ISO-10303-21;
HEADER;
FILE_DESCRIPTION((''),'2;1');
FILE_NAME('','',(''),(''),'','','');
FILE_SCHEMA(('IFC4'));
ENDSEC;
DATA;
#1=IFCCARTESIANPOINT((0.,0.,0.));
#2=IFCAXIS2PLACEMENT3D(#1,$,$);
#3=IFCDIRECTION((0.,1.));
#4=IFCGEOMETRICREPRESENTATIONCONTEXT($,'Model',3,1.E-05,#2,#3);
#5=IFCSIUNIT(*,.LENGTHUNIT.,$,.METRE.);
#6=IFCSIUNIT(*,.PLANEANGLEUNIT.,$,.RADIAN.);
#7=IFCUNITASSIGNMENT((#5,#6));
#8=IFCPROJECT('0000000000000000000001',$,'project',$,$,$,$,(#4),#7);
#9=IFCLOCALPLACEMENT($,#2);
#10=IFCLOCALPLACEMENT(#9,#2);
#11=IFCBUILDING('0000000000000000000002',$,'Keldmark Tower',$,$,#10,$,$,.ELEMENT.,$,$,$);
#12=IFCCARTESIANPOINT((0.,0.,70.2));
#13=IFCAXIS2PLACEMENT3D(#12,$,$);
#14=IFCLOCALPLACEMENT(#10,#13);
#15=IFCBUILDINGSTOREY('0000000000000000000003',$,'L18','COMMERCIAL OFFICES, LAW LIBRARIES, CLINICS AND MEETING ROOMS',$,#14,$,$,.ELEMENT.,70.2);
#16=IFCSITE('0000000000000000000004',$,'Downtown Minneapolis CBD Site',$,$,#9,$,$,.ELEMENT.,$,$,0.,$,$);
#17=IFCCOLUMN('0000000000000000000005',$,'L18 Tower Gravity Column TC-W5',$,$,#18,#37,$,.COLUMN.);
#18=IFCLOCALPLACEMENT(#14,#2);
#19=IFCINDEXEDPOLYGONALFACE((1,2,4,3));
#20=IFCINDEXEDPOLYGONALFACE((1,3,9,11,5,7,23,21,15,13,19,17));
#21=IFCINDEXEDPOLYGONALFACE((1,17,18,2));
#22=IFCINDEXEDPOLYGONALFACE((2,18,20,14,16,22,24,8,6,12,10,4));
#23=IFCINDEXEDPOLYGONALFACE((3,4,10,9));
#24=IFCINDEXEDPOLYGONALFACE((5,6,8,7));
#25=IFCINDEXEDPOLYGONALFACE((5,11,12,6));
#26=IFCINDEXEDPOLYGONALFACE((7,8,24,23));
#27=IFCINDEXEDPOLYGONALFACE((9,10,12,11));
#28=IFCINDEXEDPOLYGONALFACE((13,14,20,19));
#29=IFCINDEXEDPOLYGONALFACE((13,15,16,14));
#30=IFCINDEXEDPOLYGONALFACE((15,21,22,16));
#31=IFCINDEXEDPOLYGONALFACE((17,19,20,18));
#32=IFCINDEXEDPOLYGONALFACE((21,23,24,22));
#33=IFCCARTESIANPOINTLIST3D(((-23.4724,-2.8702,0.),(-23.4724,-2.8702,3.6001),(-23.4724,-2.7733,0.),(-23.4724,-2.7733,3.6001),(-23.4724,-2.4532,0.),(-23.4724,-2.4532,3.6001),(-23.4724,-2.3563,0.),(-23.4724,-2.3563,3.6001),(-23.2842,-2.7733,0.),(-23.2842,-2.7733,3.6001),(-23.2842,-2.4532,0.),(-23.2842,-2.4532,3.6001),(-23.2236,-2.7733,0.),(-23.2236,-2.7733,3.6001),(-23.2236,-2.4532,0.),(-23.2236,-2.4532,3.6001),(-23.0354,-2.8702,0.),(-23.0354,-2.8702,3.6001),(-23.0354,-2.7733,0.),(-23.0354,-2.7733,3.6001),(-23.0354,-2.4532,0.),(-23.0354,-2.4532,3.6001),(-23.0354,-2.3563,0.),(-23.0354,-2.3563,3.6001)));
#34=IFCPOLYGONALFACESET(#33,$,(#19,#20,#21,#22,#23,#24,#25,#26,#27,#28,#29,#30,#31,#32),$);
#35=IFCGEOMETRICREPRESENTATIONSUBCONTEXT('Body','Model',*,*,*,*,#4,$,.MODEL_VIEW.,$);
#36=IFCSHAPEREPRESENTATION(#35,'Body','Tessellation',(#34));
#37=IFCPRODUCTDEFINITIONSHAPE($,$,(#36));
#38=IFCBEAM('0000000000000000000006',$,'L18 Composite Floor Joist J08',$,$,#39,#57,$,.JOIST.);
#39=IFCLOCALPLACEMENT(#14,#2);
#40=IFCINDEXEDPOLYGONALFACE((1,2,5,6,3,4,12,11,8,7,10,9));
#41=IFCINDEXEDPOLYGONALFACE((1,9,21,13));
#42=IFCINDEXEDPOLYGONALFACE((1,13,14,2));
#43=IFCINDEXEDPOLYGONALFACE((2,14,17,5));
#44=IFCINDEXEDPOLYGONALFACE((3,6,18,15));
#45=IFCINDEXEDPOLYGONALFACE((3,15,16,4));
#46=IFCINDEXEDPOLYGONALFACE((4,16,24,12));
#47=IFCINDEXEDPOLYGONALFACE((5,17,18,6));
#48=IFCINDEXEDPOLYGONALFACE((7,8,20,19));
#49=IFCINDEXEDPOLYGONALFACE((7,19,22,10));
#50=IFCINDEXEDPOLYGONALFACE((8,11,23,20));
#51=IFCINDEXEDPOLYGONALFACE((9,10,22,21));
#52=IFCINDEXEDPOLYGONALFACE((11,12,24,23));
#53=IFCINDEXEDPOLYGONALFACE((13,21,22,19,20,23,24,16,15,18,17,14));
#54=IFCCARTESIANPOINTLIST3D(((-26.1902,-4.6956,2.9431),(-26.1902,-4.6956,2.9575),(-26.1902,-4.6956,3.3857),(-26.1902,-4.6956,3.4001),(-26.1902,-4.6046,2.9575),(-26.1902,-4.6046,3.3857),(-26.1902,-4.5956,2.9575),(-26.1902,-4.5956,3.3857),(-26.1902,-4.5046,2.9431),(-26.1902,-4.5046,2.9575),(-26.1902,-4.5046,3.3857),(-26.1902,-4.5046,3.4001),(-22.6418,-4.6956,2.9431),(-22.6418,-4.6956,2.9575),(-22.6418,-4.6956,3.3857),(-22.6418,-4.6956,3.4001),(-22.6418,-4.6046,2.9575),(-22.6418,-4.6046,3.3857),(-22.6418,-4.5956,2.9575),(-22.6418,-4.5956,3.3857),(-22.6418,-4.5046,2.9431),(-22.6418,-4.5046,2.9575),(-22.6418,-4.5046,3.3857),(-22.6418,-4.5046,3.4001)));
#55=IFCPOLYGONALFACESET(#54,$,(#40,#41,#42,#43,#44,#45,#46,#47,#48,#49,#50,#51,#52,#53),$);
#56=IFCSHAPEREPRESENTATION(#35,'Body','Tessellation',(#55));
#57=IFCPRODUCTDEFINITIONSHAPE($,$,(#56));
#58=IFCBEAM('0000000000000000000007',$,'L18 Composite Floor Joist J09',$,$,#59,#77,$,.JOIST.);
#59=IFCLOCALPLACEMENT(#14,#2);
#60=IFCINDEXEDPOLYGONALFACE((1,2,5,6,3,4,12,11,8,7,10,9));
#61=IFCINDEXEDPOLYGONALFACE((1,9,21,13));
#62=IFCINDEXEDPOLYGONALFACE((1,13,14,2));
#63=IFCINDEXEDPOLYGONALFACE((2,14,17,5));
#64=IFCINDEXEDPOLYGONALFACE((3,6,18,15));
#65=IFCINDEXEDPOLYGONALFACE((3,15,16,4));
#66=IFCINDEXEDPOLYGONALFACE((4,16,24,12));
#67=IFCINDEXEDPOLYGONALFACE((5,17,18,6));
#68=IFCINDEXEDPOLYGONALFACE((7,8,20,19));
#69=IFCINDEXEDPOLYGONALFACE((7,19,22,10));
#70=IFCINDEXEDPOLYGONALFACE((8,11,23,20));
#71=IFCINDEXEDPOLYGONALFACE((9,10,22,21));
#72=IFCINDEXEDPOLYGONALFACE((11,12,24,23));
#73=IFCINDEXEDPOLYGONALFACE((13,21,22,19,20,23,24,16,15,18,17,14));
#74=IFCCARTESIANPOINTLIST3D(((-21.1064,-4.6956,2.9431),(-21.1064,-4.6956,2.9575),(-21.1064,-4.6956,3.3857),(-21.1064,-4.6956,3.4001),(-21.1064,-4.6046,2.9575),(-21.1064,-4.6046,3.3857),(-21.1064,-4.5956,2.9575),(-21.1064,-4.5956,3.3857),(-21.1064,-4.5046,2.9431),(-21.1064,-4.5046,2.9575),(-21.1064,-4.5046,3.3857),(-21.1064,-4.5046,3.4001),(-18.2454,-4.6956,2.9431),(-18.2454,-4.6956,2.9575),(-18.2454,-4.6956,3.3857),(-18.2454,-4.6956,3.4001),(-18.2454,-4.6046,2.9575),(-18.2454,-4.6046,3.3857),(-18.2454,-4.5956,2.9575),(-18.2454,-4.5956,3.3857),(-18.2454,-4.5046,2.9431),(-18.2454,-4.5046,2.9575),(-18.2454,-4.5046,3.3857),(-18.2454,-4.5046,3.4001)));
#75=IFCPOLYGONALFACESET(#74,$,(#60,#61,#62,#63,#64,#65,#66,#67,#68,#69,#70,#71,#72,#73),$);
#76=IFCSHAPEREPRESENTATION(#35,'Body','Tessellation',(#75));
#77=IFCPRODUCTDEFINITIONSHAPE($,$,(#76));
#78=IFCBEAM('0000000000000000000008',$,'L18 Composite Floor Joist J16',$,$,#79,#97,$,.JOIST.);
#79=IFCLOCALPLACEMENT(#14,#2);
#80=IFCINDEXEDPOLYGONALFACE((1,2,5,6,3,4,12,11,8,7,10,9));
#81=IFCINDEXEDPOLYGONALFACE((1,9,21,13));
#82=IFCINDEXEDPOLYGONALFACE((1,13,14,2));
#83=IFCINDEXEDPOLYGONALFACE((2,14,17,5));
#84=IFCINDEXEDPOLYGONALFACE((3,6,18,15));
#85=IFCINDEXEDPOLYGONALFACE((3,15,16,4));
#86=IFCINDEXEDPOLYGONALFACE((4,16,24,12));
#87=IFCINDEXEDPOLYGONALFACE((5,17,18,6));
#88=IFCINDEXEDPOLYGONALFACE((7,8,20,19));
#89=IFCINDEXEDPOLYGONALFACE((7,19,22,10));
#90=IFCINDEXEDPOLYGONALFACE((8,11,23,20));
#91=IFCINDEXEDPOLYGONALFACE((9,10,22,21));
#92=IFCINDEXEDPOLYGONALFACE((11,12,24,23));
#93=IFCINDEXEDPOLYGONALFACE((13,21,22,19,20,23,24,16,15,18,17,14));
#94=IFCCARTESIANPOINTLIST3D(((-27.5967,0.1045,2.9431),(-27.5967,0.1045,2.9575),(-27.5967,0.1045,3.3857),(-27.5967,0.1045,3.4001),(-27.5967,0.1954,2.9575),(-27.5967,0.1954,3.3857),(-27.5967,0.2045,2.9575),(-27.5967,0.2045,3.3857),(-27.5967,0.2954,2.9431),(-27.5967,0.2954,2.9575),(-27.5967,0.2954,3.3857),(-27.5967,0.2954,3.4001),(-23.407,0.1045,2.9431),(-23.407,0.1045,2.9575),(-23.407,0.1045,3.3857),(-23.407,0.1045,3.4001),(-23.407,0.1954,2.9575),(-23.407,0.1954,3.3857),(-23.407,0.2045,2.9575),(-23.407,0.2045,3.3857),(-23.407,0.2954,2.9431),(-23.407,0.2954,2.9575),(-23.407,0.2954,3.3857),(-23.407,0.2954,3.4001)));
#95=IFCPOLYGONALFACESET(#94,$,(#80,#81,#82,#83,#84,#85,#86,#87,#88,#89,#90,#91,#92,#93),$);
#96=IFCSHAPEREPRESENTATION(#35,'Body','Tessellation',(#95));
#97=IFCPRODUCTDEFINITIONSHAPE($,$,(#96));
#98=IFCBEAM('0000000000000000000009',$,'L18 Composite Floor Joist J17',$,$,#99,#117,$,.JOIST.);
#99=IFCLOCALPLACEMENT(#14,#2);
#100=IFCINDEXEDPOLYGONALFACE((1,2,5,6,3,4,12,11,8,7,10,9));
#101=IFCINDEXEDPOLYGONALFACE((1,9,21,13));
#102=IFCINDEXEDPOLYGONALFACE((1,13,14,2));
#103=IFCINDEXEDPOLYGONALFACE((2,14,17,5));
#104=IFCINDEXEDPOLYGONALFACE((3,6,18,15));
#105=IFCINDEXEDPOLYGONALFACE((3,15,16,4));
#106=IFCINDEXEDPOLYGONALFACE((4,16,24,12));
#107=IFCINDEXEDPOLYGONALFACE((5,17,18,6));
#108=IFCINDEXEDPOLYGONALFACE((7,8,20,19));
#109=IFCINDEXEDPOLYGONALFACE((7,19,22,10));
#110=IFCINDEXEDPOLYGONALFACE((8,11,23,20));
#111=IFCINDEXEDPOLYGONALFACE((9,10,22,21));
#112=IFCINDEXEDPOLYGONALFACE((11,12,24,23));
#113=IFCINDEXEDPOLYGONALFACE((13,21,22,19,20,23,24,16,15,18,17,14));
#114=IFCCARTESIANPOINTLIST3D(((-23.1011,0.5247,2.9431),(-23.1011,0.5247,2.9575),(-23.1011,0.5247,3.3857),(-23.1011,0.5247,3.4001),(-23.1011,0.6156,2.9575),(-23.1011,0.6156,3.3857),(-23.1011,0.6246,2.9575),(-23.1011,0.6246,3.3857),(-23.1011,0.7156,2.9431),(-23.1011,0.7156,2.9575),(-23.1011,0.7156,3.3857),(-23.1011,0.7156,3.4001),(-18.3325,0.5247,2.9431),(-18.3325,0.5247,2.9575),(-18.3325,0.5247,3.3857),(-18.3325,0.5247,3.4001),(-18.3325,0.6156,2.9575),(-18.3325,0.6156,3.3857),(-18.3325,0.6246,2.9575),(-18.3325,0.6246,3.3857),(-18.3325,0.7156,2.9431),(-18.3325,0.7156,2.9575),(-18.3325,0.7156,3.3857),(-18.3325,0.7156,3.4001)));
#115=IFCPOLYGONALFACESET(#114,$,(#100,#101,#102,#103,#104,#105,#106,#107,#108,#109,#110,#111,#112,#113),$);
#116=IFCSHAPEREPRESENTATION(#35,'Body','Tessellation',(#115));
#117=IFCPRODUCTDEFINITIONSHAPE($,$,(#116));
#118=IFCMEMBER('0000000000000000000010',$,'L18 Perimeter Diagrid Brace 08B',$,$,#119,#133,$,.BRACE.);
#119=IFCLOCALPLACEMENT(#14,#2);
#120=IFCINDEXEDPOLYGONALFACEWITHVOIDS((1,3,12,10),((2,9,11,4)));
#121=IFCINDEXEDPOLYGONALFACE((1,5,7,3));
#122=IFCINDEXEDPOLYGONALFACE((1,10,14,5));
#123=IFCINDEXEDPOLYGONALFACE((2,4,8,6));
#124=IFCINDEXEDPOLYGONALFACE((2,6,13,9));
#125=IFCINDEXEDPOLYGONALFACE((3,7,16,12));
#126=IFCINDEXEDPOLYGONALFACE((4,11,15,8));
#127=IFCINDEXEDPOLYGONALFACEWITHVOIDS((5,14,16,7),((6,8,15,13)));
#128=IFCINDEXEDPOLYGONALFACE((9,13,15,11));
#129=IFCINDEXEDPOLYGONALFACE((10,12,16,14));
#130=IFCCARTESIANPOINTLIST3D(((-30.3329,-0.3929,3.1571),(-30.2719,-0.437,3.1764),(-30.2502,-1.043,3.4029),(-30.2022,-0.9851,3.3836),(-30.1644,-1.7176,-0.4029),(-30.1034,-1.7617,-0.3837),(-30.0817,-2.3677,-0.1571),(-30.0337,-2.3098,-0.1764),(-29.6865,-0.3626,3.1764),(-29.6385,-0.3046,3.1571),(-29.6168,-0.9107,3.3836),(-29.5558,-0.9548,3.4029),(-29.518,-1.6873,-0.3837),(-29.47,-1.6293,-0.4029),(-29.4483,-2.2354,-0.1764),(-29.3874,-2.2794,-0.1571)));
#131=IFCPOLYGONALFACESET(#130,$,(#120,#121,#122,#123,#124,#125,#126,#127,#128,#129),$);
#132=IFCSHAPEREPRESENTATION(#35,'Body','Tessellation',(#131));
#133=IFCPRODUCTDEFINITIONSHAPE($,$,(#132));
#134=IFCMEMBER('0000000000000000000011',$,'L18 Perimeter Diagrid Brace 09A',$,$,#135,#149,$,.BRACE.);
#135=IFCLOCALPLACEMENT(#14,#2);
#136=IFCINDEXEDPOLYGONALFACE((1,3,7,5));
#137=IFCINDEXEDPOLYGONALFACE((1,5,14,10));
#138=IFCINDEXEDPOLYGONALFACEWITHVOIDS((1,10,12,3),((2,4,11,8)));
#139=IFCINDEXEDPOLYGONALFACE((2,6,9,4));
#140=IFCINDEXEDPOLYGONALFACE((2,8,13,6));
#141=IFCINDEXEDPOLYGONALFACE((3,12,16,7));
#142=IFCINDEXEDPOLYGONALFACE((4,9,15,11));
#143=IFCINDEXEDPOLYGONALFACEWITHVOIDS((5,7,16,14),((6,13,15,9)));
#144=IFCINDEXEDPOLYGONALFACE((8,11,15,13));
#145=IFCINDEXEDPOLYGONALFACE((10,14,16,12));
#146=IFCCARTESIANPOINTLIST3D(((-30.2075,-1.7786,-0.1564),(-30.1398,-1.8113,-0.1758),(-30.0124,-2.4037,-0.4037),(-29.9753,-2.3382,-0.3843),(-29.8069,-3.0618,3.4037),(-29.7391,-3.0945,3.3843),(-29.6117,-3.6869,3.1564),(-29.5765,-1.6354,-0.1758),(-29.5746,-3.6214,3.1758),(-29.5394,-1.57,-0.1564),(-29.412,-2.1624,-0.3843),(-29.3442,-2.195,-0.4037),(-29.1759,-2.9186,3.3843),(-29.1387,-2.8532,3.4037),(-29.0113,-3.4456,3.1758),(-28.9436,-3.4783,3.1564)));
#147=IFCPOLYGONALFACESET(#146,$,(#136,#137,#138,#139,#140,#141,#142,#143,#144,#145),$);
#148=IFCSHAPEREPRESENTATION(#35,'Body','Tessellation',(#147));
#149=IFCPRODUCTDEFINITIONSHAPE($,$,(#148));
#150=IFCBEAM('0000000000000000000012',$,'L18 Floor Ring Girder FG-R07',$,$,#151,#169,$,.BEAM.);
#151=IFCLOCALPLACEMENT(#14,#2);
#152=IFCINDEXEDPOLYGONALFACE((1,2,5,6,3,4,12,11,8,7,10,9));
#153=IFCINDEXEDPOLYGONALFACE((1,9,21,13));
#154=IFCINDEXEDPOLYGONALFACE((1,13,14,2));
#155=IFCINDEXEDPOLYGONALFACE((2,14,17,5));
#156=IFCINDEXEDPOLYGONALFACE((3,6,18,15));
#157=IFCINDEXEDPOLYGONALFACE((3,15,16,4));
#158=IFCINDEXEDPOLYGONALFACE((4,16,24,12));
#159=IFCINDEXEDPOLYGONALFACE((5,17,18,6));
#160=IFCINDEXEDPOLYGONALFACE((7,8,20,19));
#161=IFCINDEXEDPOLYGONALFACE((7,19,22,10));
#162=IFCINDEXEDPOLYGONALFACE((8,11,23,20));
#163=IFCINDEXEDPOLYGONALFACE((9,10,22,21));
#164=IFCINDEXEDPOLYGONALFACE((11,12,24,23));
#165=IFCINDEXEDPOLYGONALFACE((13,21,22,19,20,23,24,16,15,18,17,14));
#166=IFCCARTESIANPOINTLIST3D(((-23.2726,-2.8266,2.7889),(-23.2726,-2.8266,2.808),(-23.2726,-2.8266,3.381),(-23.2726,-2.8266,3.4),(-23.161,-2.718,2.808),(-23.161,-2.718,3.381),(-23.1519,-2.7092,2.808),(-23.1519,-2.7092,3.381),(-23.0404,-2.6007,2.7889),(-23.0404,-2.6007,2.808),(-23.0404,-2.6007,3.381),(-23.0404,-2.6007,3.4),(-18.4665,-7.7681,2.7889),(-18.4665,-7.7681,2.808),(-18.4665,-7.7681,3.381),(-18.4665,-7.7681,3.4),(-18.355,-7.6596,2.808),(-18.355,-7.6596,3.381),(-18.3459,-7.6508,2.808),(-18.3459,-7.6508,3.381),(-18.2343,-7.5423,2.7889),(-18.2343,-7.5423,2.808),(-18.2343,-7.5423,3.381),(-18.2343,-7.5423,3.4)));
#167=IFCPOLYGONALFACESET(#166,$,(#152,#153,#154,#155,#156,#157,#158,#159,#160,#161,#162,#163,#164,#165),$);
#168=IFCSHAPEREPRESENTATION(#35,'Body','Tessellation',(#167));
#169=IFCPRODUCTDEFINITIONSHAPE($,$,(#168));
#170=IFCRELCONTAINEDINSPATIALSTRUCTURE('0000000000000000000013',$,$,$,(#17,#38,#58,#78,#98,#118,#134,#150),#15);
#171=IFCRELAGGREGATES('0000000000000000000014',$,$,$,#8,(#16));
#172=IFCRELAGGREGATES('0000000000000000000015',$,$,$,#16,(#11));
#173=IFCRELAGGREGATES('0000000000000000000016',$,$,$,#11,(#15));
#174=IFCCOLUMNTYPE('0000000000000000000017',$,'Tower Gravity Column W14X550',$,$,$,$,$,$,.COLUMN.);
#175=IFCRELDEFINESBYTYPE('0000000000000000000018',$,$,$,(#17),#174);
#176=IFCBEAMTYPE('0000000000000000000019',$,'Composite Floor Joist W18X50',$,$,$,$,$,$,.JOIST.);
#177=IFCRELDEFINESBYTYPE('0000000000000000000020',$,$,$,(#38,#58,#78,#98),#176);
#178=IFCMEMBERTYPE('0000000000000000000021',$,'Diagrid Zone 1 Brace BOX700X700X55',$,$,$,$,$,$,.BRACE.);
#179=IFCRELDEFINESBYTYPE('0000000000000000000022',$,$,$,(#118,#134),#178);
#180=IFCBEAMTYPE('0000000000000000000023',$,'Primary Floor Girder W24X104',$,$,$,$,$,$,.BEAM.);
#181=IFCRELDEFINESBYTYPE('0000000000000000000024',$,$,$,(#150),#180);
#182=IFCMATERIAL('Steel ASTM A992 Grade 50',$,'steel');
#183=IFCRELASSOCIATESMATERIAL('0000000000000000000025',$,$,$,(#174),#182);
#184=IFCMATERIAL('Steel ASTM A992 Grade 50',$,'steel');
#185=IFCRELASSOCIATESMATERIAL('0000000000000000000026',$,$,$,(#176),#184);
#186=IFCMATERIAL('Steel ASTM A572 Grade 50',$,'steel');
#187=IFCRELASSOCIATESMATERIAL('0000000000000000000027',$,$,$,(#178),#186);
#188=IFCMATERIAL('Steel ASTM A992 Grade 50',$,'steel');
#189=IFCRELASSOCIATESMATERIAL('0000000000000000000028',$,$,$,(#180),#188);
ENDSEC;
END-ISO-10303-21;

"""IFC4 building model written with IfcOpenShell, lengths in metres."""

from ifc_helpers import new_model, si_unit, direction, frame, origin, origin_2d, place, context, subcontext, project, spatial, hollow_rectangle, i_section, extrude, material, material_profile, profile_set, type_object, element, save


model = new_model("IFC4")

# Units and contexts
model_context = context("Model", 3, precision=1e-05, world=origin(), true_north=direction((0.0, 1.0)))
body_context = subcontext(model_context, "Body", "Model", "MODEL_VIEW")
ifc_project = project(units=[si_unit("LENGTHUNIT", "METRE"), si_unit("PLANEANGLEUNIT", "RADIAN")], contexts=[model_context])

# Site, building, storey
site_placement = place(None, origin())
site = spatial("IfcSite", under=ifc_project, at=site_placement, Name="Downtown Minneapolis CBD Site", CompositionType="ELEMENT", RefElevation=0.0)
building_placement = place(site_placement, origin())
building = spatial("IfcBuilding", under=site, at=building_placement, Name="Keldmark Tower", CompositionType="ELEMENT")
storey_placement = place(building_placement, frame((0.0, 0.0, 70.2)))
storey = spatial("IfcBuildingStorey", under=building, at=storey_placement, Name="L18", Description="COMMERCIAL OFFICES, LAW LIBRARIES, CLINICS AND MEETING ROOMS", CompositionType="ELEMENT", Elevation=70.2)

# Column
ifc_material_1 = material(Name="Steel ASTM A992 Grade 50", Category="steel")
ifc_material_profile_1 = material_profile(ifc_material_1, i_section(OverallWidth=0.437, OverallDepth=0.5139, WebThickness=0.0605, FlangeThickness=0.0969, at=origin_2d()), Name="W14X550")
ifc_profile_set_1 = profile_set([ifc_material_profile_1], Name="Steel ASTM A992 Grade 50")
column_type = type_object("IfcColumnType", Name="Tower Gravity Column W14X550", PredefinedType="COLUMN", material=ifc_profile_set_1)
column_placement = place(storey_placement, frame((-23.2539, -2.6133, 0.0), z_axis=(0.0, 0.0, 1.0), x_axis=(1.0, 0.0, 0.0)))
element("IfcColumn", 1, at=column_placement, inside=storey, type_object=column_type, Name="L18 Tower Gravity Column TC-W5", PredefinedType="COLUMN", context=body_context, shape_type="SweptSolid", body=[
    extrude(i_section(OverallWidth=0.437, OverallDepth=0.5139, WebThickness=0.0605, FlangeThickness=0.0969, at=origin_2d()), origin(), (0.0, 0.0, 1.0), 3.6001),
])

# Beams
ifc_material_2 = material(Name="Steel ASTM A992 Grade 50", Category="steel")
ifc_material_profile_2 = material_profile(ifc_material_2, i_section(OverallWidth=0.1909, OverallDepth=0.457, WebThickness=0.009, FlangeThickness=0.0144, at=origin_2d()), Name="W18X50")
ifc_profile_set_2 = profile_set([ifc_material_profile_2], Name="Steel ASTM A992 Grade 50")
beam_type_1 = type_object("IfcBeamType", Name="Composite Floor Joist W18X50", PredefinedType="JOIST", material=ifc_profile_set_2)
beam_1_placement = place(storey_placement, frame((-26.1902, -4.6001, 3.1716), z_axis=(1.0, 0.0, 0.0), x_axis=(0.0, 1.0, 0.0)))
element("IfcBeam", 2, at=beam_1_placement, inside=storey, type_object=beam_type_1, Name="L18 Composite Floor Joist J08", PredefinedType="JOIST", context=body_context, shape_type="SweptSolid", body=[
    extrude(i_section(OverallWidth=0.1909, OverallDepth=0.457, WebThickness=0.009, FlangeThickness=0.0144, at=origin_2d()), origin(), (0.0, 0.0, 1.0), 3.5483),
])
beam_2_placement = place(storey_placement, frame((-21.1064, -4.6001, 3.1716), z_axis=(1.0, 0.0, 0.0), x_axis=(0.0, 1.0, 0.0)))
element("IfcBeam", 3, at=beam_2_placement, inside=storey, type_object=beam_type_1, Name="L18 Composite Floor Joist J09", PredefinedType="JOIST", context=body_context, shape_type="SweptSolid", body=[
    extrude(i_section(OverallWidth=0.1909, OverallDepth=0.457, WebThickness=0.009, FlangeThickness=0.0144, at=origin_2d()), origin(), (0.0, 0.0, 1.0), 2.8611),
])
beam_3_placement = place(storey_placement, frame((-27.5967, 0.2, 3.1716), z_axis=(1.0, 0.0, 0.0), x_axis=(0.0, 1.0, 0.0)))
element("IfcBeam", 4, at=beam_3_placement, inside=storey, type_object=beam_type_1, Name="L18 Composite Floor Joist J16", PredefinedType="JOIST", context=body_context, shape_type="SweptSolid", body=[
    extrude(i_section(OverallWidth=0.1909, OverallDepth=0.457, WebThickness=0.009, FlangeThickness=0.0144, at=origin_2d()), origin(), (0.0, 0.0, 1.0), 4.1897),
])
beam_4_placement = place(storey_placement, frame((-23.1011, 0.6201, 3.1716), z_axis=(1.0, 0.0, 0.0), x_axis=(0.0, 1.0, 0.0)))
element("IfcBeam", 5, at=beam_4_placement, inside=storey, type_object=beam_type_1, Name="L18 Composite Floor Joist J17", PredefinedType="JOIST", context=body_context, shape_type="SweptSolid", body=[
    extrude(i_section(OverallWidth=0.1909, OverallDepth=0.457, WebThickness=0.009, FlangeThickness=0.0144, at=origin_2d()), origin(), (0.0, 0.0, 1.0), 4.7686),
])

# Members
ifc_material_3 = material(Name="Steel ASTM A572 Grade 50", Category="steel")
ifc_material_profile_3 = material_profile(ifc_material_3, hollow_rectangle(XDim=0.7, YDim=0.7, WallThickness=0.0549, at=origin_2d()), Name="BOX700X700X55")
ifc_profile_set_3 = profile_set([ifc_material_profile_3], Name="Steel ASTM A572 Grade 50")
member_type = type_object("IfcMemberType", Name="Diagrid Zone 1 Brace BOX700X700X55", PredefinedType="BRACE", material=ifc_profile_set_3)
member_1_placement = place(storey_placement, frame((-29.7759, -1.9985, -0.28), z_axis=(-0.044304, 0.348399, 0.936299), x_axis=(-0.992011, -0.12615, 0.0)))
element("IfcMember", 6, at=member_1_placement, inside=storey, type_object=member_type, Name="L18 Perimeter Diagrid Brace 08B", PredefinedType="BRACE", context=body_context, shape_type="SweptSolid", body=[
    extrude(hollow_rectangle(XDim=0.7, YDim=0.7, WallThickness=0.0549, at=origin_2d()), origin(), (0.0, 0.0, 1.0), 3.8022),
])
member_2_placement = place(storey_placement, frame((-29.7759, -1.9868, -0.28), z_axis=(0.10528, -0.337205, 0.935526), x_axis=(0.954558, 0.298027, 0.0)))
element("IfcMember", 7, at=member_2_placement, inside=storey, type_object=member_type, Name="L18 Perimeter Diagrid Brace 09A", PredefinedType="BRACE", context=body_context, shape_type="SweptSolid", body=[
    extrude(hollow_rectangle(XDim=0.7, YDim=0.7, WallThickness=0.0549, at=origin_2d()), origin(), (0.0, 0.0, 1.0), 3.8054),
])

# Beam
ifc_material_4 = material(Name="Steel ASTM A992 Grade 50", Category="steel")
ifc_material_profile_4 = material_profile(ifc_material_4, i_section(OverallWidth=0.324, OverallDepth=0.6111, WebThickness=0.0127, FlangeThickness=0.019, at=origin_2d()), Name="W24X104")
ifc_profile_set_4 = profile_set([ifc_material_profile_4], Name="Steel ASTM A992 Grade 50")
beam_type_2 = type_object("IfcBeamType", Name="Primary Floor Girder W24X104", PredefinedType="BEAM", material=ifc_profile_set_4)
beam_5_placement = place(storey_placement, frame((-23.1565, -2.7136, 3.0945), z_axis=(0.69721, -0.716867, 0.0), x_axis=(0.716867, 0.69721, 0.0)))
element("IfcBeam", 8, at=beam_5_placement, inside=storey, type_object=beam_type_2, Name="L18 Floor Ring Girder FG-R07", PredefinedType="BEAM", context=body_context, shape_type="SweptSolid", body=[
    extrude(i_section(OverallWidth=0.324, OverallDepth=0.6111, WebThickness=0.0127, FlangeThickness=0.019, at=origin_2d()), origin(), (0.0, 0.0, 1.0), 6.8933),
])

save(model, "model.ifc")
